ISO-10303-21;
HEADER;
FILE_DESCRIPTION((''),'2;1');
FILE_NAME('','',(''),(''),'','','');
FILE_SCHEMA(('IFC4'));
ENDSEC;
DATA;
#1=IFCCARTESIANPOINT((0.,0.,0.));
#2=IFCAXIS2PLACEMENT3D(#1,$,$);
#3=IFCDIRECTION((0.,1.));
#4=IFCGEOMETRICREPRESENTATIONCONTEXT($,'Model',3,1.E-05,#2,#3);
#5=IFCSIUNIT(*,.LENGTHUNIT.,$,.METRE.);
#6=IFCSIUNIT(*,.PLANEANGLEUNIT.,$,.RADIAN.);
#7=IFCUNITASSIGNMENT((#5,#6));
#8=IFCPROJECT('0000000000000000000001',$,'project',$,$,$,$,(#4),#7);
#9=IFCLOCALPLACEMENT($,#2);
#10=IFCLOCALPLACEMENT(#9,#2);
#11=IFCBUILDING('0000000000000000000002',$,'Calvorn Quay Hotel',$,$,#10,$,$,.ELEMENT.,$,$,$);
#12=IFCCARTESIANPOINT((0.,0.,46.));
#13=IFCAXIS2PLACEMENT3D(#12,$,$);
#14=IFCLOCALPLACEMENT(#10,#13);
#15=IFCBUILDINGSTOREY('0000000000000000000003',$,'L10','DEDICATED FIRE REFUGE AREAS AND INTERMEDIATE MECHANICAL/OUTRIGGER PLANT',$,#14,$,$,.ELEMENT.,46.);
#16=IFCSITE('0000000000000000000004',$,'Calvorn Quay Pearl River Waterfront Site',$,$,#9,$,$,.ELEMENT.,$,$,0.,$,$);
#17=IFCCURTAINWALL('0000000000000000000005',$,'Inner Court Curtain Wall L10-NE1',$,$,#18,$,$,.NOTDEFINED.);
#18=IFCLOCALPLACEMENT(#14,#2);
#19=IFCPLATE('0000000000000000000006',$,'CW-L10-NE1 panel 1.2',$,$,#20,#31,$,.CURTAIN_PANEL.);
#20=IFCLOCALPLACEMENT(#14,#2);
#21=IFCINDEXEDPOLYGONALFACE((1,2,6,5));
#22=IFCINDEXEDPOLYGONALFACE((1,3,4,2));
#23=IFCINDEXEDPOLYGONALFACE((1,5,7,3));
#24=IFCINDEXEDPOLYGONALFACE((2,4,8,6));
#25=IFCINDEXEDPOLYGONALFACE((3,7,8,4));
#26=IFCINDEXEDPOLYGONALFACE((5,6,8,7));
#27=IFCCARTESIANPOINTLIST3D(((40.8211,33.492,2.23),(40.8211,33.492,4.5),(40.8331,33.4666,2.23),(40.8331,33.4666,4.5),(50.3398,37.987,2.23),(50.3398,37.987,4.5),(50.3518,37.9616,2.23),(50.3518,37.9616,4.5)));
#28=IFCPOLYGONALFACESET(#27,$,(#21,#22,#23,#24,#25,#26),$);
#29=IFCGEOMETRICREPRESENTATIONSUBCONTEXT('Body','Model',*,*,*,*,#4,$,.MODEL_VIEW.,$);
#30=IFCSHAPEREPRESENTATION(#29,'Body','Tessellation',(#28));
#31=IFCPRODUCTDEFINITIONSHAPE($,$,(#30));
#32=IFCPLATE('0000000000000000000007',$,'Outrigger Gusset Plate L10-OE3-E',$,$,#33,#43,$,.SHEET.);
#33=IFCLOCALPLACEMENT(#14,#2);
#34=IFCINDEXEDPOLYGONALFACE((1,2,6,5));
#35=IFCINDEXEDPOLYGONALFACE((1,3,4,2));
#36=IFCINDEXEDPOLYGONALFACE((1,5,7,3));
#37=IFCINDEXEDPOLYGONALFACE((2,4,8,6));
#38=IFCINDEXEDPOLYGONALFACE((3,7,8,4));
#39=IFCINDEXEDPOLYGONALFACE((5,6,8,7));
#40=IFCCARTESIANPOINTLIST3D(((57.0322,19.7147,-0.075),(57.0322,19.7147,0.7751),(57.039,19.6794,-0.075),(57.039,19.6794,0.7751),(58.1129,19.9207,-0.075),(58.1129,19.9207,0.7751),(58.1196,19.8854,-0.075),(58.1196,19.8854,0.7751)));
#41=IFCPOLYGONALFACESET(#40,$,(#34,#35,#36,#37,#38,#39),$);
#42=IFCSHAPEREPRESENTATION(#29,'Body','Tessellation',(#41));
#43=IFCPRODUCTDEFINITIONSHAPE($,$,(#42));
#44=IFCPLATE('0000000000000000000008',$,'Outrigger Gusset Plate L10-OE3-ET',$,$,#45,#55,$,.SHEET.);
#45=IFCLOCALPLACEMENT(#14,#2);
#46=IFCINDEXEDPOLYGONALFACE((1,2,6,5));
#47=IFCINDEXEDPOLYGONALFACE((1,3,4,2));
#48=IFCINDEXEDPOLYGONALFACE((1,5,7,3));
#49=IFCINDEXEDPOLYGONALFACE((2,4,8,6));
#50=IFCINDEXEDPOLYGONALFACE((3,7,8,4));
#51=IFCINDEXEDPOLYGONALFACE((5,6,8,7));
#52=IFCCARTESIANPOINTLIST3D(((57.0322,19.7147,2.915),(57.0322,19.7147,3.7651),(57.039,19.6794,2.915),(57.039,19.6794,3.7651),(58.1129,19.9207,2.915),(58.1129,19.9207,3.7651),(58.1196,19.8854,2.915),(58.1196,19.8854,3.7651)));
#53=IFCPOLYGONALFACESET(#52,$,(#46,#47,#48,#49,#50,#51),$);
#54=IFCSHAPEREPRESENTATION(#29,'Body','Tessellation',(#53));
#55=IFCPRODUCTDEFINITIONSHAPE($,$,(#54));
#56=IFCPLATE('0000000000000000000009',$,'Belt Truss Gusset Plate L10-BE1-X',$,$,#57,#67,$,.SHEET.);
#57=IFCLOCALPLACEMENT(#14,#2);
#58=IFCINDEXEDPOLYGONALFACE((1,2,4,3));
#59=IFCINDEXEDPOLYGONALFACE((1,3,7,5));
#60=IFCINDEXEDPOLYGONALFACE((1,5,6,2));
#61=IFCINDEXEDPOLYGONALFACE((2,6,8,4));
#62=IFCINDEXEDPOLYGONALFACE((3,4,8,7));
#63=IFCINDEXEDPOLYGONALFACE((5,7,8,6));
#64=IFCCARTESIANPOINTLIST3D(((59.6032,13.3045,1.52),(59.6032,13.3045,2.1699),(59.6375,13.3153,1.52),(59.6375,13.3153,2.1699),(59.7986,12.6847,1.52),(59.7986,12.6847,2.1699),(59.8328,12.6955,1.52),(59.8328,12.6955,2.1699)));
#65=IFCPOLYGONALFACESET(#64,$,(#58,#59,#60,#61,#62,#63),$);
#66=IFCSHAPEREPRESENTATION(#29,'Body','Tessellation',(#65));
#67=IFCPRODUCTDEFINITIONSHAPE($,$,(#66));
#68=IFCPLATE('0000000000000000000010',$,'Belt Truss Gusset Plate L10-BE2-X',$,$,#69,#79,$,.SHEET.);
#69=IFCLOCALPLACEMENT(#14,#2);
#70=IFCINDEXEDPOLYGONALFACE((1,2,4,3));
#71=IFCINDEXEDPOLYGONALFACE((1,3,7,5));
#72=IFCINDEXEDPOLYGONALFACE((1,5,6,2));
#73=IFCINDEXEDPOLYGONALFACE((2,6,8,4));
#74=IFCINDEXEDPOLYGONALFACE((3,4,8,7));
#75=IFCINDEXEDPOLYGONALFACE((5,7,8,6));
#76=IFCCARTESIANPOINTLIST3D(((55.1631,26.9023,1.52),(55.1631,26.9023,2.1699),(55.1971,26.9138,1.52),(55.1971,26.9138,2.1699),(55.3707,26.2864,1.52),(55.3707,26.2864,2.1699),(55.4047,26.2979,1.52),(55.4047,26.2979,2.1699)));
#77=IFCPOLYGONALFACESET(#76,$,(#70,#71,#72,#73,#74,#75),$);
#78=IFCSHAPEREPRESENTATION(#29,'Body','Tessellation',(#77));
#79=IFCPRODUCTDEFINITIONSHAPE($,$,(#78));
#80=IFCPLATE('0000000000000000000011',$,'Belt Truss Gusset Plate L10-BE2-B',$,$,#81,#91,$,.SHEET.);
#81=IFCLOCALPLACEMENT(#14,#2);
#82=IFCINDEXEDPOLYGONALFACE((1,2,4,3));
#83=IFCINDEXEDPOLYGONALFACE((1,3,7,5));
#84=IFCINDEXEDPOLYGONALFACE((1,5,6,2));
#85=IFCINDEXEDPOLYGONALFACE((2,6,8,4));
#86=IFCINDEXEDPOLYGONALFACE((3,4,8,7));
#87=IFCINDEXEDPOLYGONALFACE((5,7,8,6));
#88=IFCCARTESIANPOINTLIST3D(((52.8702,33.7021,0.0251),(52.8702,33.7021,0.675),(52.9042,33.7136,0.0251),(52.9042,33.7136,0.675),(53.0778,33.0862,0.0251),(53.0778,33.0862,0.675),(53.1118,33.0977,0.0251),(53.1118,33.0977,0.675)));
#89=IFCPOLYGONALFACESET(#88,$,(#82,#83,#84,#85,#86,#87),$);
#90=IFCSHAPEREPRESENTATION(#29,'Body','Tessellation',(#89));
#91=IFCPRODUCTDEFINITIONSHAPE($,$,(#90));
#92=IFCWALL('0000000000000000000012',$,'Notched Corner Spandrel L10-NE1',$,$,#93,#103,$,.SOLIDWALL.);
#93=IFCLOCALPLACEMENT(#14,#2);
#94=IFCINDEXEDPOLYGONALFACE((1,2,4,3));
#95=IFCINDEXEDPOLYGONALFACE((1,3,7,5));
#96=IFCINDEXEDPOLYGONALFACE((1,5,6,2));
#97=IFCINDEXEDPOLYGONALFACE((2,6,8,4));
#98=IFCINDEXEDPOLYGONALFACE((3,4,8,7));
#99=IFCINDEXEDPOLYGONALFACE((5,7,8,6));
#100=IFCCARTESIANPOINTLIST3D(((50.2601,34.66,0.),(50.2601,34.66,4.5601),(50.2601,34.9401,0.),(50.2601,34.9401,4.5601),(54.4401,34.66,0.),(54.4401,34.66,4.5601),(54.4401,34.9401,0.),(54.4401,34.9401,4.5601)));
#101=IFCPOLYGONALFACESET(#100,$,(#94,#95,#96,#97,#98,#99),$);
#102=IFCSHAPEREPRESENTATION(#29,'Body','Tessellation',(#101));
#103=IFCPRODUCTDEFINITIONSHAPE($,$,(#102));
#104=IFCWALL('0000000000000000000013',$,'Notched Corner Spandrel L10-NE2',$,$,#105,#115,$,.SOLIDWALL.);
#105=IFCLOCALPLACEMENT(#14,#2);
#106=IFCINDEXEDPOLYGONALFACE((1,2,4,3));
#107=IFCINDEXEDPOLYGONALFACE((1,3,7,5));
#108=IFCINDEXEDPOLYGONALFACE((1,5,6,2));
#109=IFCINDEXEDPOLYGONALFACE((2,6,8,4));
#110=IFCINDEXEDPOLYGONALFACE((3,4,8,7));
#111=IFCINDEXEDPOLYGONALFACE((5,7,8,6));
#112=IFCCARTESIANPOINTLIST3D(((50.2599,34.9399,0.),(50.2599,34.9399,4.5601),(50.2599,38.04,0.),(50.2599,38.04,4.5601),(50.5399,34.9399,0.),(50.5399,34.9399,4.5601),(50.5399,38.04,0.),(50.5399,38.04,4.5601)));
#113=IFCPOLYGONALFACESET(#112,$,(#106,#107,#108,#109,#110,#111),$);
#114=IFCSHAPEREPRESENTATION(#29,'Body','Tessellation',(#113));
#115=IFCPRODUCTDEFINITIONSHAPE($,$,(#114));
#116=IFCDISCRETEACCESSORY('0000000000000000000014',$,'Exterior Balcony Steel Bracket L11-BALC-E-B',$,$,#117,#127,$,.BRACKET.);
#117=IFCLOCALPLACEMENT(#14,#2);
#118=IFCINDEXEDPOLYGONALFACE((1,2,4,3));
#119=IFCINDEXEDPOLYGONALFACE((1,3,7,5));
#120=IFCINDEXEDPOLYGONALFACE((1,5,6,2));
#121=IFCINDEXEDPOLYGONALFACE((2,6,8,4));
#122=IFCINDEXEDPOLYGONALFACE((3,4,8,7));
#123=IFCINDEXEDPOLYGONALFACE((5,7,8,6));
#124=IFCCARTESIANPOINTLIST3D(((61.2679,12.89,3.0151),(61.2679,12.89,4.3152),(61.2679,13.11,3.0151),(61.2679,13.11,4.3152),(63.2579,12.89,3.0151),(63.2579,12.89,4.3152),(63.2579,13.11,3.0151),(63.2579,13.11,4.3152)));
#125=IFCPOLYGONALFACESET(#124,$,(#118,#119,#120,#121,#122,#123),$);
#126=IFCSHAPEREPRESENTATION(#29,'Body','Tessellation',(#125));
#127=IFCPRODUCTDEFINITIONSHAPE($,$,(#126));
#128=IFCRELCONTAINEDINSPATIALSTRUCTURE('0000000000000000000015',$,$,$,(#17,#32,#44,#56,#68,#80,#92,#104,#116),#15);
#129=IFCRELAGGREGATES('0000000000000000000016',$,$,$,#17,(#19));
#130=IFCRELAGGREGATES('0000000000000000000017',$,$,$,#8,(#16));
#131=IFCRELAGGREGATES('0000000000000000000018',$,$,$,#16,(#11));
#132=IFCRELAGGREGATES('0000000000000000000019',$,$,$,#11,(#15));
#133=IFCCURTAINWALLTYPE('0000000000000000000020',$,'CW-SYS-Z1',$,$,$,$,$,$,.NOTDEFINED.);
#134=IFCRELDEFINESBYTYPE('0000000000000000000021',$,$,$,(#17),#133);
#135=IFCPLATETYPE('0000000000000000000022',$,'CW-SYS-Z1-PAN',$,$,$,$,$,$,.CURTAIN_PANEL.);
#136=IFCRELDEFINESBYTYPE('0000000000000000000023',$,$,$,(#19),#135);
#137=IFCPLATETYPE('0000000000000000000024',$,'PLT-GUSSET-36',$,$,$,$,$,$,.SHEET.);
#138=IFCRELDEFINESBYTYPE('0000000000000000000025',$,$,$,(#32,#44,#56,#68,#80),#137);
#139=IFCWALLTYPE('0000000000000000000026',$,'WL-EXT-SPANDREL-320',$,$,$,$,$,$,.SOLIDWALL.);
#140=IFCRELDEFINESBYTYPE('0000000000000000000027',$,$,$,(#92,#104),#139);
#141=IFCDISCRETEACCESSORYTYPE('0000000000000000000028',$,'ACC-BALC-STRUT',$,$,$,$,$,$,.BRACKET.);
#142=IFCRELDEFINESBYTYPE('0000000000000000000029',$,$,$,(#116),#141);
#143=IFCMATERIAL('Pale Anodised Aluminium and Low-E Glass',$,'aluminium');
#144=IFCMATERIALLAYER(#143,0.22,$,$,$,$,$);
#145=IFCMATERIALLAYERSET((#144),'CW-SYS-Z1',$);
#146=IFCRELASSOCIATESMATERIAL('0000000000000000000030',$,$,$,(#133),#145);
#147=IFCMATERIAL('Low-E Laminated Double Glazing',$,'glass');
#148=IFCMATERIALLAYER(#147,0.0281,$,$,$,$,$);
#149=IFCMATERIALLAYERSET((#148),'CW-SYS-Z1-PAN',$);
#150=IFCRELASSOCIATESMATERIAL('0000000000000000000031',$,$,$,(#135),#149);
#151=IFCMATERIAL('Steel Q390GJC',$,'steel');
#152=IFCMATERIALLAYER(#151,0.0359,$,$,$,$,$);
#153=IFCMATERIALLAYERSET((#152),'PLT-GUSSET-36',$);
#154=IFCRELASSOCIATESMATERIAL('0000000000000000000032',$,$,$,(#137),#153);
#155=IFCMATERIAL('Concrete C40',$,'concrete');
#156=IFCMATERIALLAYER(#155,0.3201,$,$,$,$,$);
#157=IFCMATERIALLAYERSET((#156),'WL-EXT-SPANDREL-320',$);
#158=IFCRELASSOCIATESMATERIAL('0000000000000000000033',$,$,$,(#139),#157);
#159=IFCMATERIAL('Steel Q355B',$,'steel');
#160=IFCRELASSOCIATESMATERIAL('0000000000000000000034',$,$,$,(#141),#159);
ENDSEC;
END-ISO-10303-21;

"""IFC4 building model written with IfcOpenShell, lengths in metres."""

from ifc_helpers import new_model, si_unit, direction, frame, frame_2d, origin, origin_2d, place, context, subcontext, project, spatial, rectangle, extrude, material, layer, layer_set, type_object, element, aggregate, save


model = new_model("IFC4")

# Units and contexts
model_context = context("Model", 3, precision=1e-05, world=origin(), true_north=direction((0.0, 1.0)))
body_context = subcontext(model_context, "Body", "Model", "MODEL_VIEW")
ifc_project = project(units=[si_unit("LENGTHUNIT", "METRE"), si_unit("PLANEANGLEUNIT", "RADIAN")], contexts=[model_context])

# Site, building, storey
site_placement = place(None, origin())
site = spatial("IfcSite", under=ifc_project, at=site_placement, Name="Calvorn Quay Pearl River Waterfront Site", CompositionType="ELEMENT", RefElevation=0.0)
building_placement = place(site_placement, origin())
building = spatial("IfcBuilding", under=site, at=building_placement, Name="Calvorn Quay Hotel", CompositionType="ELEMENT")
storey_placement = place(building_placement, frame((0.0, 0.0, 46.0)))
storey = spatial("IfcBuildingStorey", under=building, at=storey_placement, Name="L10", Description="DEDICATED FIRE REFUGE AREAS AND INTERMEDIATE MECHANICAL/OUTRIGGER PLANT", CompositionType="ELEMENT", Elevation=46.0)

# Curtain wall
ifc_material_1 = material(Name="Pale Anodised Aluminium and Low-E Glass", Category="aluminium")
ifc_layer_1 = layer(ifc_material_1, 0.22)
ifc_layer_set_1 = layer_set([ifc_layer_1], Name="CW-SYS-Z1")
curtain_wall_type = type_object("IfcCurtainWallType", Name="CW-SYS-Z1", PredefinedType="NOTDEFINED", material=ifc_layer_set_1)
curtain_wall_placement = place(storey_placement, origin())
curtain_wall = element("IfcCurtainWall", 1, at=curtain_wall_placement, inside=storey, type_object=curtain_wall_type, Name="Inner Court Curtain Wall L10-NE1", PredefinedType="NOTDEFINED")

# Plate
ifc_material_2 = material(Name="Low-E Laminated Double Glazing", Category="glass")
ifc_layer_2 = layer(ifc_material_2, 0.0281)
ifc_layer_set_2 = layer_set([ifc_layer_2], Name="CW-SYS-Z1-PAN")
plate_type_1 = type_object("IfcPlateType", Name="CW-SYS-Z1-PAN", PredefinedType="CURTAIN_PANEL", material=ifc_layer_set_2)
plate_placement = place(storey_placement, frame((45.5864, 35.7268, 2.23), z_axis=(0.0, 0.0, 1.0), x_axis=(-0.904249, -0.427006, 0.0)))
plate = element("IfcPlate", 2, at=plate_placement, type_object=plate_type_1, Name="CW-L10-NE1 panel 1.2", PredefinedType="CURTAIN_PANEL", context=body_context, shape_type="SweptSolid", body=[
    extrude(rectangle(XDim=10.5266, YDim=0.0281, at=origin_2d()), origin(), (0.0, 0.0, 1.0), 2.27),
])
aggregate(curtain_wall, [plate])

# Plates
ifc_material_3 = material(Name="Steel Q390GJC", Category="steel")
ifc_layer_3 = layer(ifc_material_3, 0.0359)
ifc_layer_set_3 = layer_set([ifc_layer_3], Name="PLT-GUSSET-36")
plate_type_2 = type_object("IfcPlateType", Name="PLT-GUSSET-36", PredefinedType="SHEET", material=ifc_layer_set_3)
for number, where, z_axis, x_axis, name in (
    (3, (57.5759, 19.8, -0.075), (0.0, 0.0, 1.0), (0.98232, 0.18721, 0.0), "Outrigger Gusset Plate L10-OE3-E"),
    (4, (57.5759, 19.8, 2.915), (0.0, 0.0, 1.0), (0.98232, 0.18721, 0.0), "Outrigger Gusset Plate L10-OE3-ET"),
):
    element("IfcPlate", number, at=place(storey_placement, frame(where, z_axis=z_axis, x_axis=x_axis)), inside=storey, type_object=plate_type_2, Name=name, PredefinedType="SHEET", context=body_context, shape_type="SweptSolid", body=[
        extrude(rectangle(XDim=1.1001, YDim=0.0359, at=origin_2d()), origin(), (0.0, 0.0, 1.0), 0.8501),
    ])
for number, where, z_axis, x_axis, name in (
    (5, (59.718, 13.0, 1.52), (0.0, 0.0, 1.0), (-0.300539, 0.953769, 0.0), "Belt Truss Gusset Plate L10-BE1-X"),
    (6, (55.2839, 26.6001, 1.52), (0.0, 0.0, 1.0), (-0.319456, 0.947601, 0.0), "Belt Truss Gusset Plate L10-BE2-X"),
    (7, (52.991, 33.3999, 0.0251), (0.0, 0.0, 1.0), (-0.319456, 0.947601, 0.0), "Belt Truss Gusset Plate L10-BE2-B"),
):
    element("IfcPlate", number, at=place(storey_placement, frame(where, z_axis=z_axis, x_axis=x_axis)), inside=storey, type_object=plate_type_2, Name=name, PredefinedType="SHEET", context=body_context, shape_type="SweptSolid", body=[
        extrude(rectangle(XDim=0.6499, YDim=0.0359, at=origin_2d()), origin(), (0.0, 0.0, 1.0), 0.6499),
    ])

# Walls
ifc_material_4 = material(Name="Concrete C40", Category="concrete")
ifc_layer_4 = layer(ifc_material_4, 0.3201)
ifc_layer_set_4 = layer_set([ifc_layer_4], Name="WL-EXT-SPANDREL-320")
wall_type = type_object("IfcWallType", Name="WL-EXT-SPANDREL-320", PredefinedType="SOLIDWALL", material=ifc_layer_set_4)
wall_1_placement = place(storey_placement, frame((54.4399, 34.8, 0.0), z_axis=(0.0, 0.0, 1.0), x_axis=(-1.0, 0.0, 0.0)))
element("IfcWall", 8, at=wall_1_placement, inside=storey, type_object=wall_type, Name="Notched Corner Spandrel L10-NE1", PredefinedType="SOLIDWALL", context=body_context, shape_type="SweptSolid", body=[
    extrude(rectangle(XDim=4.1799, YDim=0.28, at=frame_2d((2.0898, 0.0))), origin(), (0.0, 0.0, 1.0), 4.5601),
])
wall_2_placement = place(storey_placement, frame((50.3999, 34.9399, 0.0), z_axis=(0.0, 0.0, 1.0), x_axis=(0.0, 1.0, 0.0)))
element("IfcWall", 9, at=wall_2_placement, inside=storey, type_object=wall_type, Name="Notched Corner Spandrel L10-NE2", PredefinedType="SOLIDWALL", context=body_context, shape_type="SweptSolid", body=[
    extrude(rectangle(XDim=3.1001, YDim=0.28, at=frame_2d((1.55, 0.0))), origin(), (0.0, 0.0, 1.0), 4.5601),
])

# Discrete accessory
ifc_material_5 = material(Name="Steel Q355B", Category="steel")
discrete_accessory_type = type_object("IfcDiscreteAccessoryType", Name="ACC-BALC-STRUT", PredefinedType="BRACKET", material=ifc_material_5)
discrete_accessory_placement = place(storey_placement, frame((62.2629, 13.0, 3.0151), z_axis=(0.0, 0.0, 1.0), x_axis=(1.0, 0.0, 0.0)))
element("IfcDiscreteAccessory", 10, at=discrete_accessory_placement, inside=storey, type_object=discrete_accessory_type, Name="Exterior Balcony Steel Bracket L11-BALC-E-B", PredefinedType="BRACKET", context=body_context, shape_type="SweptSolid", body=[
    extrude(rectangle(XDim=1.99, YDim=0.22, at=origin_2d()), origin(), (0.0, 0.0, 1.0), 1.3),
])

save(model, "model.ifc")
